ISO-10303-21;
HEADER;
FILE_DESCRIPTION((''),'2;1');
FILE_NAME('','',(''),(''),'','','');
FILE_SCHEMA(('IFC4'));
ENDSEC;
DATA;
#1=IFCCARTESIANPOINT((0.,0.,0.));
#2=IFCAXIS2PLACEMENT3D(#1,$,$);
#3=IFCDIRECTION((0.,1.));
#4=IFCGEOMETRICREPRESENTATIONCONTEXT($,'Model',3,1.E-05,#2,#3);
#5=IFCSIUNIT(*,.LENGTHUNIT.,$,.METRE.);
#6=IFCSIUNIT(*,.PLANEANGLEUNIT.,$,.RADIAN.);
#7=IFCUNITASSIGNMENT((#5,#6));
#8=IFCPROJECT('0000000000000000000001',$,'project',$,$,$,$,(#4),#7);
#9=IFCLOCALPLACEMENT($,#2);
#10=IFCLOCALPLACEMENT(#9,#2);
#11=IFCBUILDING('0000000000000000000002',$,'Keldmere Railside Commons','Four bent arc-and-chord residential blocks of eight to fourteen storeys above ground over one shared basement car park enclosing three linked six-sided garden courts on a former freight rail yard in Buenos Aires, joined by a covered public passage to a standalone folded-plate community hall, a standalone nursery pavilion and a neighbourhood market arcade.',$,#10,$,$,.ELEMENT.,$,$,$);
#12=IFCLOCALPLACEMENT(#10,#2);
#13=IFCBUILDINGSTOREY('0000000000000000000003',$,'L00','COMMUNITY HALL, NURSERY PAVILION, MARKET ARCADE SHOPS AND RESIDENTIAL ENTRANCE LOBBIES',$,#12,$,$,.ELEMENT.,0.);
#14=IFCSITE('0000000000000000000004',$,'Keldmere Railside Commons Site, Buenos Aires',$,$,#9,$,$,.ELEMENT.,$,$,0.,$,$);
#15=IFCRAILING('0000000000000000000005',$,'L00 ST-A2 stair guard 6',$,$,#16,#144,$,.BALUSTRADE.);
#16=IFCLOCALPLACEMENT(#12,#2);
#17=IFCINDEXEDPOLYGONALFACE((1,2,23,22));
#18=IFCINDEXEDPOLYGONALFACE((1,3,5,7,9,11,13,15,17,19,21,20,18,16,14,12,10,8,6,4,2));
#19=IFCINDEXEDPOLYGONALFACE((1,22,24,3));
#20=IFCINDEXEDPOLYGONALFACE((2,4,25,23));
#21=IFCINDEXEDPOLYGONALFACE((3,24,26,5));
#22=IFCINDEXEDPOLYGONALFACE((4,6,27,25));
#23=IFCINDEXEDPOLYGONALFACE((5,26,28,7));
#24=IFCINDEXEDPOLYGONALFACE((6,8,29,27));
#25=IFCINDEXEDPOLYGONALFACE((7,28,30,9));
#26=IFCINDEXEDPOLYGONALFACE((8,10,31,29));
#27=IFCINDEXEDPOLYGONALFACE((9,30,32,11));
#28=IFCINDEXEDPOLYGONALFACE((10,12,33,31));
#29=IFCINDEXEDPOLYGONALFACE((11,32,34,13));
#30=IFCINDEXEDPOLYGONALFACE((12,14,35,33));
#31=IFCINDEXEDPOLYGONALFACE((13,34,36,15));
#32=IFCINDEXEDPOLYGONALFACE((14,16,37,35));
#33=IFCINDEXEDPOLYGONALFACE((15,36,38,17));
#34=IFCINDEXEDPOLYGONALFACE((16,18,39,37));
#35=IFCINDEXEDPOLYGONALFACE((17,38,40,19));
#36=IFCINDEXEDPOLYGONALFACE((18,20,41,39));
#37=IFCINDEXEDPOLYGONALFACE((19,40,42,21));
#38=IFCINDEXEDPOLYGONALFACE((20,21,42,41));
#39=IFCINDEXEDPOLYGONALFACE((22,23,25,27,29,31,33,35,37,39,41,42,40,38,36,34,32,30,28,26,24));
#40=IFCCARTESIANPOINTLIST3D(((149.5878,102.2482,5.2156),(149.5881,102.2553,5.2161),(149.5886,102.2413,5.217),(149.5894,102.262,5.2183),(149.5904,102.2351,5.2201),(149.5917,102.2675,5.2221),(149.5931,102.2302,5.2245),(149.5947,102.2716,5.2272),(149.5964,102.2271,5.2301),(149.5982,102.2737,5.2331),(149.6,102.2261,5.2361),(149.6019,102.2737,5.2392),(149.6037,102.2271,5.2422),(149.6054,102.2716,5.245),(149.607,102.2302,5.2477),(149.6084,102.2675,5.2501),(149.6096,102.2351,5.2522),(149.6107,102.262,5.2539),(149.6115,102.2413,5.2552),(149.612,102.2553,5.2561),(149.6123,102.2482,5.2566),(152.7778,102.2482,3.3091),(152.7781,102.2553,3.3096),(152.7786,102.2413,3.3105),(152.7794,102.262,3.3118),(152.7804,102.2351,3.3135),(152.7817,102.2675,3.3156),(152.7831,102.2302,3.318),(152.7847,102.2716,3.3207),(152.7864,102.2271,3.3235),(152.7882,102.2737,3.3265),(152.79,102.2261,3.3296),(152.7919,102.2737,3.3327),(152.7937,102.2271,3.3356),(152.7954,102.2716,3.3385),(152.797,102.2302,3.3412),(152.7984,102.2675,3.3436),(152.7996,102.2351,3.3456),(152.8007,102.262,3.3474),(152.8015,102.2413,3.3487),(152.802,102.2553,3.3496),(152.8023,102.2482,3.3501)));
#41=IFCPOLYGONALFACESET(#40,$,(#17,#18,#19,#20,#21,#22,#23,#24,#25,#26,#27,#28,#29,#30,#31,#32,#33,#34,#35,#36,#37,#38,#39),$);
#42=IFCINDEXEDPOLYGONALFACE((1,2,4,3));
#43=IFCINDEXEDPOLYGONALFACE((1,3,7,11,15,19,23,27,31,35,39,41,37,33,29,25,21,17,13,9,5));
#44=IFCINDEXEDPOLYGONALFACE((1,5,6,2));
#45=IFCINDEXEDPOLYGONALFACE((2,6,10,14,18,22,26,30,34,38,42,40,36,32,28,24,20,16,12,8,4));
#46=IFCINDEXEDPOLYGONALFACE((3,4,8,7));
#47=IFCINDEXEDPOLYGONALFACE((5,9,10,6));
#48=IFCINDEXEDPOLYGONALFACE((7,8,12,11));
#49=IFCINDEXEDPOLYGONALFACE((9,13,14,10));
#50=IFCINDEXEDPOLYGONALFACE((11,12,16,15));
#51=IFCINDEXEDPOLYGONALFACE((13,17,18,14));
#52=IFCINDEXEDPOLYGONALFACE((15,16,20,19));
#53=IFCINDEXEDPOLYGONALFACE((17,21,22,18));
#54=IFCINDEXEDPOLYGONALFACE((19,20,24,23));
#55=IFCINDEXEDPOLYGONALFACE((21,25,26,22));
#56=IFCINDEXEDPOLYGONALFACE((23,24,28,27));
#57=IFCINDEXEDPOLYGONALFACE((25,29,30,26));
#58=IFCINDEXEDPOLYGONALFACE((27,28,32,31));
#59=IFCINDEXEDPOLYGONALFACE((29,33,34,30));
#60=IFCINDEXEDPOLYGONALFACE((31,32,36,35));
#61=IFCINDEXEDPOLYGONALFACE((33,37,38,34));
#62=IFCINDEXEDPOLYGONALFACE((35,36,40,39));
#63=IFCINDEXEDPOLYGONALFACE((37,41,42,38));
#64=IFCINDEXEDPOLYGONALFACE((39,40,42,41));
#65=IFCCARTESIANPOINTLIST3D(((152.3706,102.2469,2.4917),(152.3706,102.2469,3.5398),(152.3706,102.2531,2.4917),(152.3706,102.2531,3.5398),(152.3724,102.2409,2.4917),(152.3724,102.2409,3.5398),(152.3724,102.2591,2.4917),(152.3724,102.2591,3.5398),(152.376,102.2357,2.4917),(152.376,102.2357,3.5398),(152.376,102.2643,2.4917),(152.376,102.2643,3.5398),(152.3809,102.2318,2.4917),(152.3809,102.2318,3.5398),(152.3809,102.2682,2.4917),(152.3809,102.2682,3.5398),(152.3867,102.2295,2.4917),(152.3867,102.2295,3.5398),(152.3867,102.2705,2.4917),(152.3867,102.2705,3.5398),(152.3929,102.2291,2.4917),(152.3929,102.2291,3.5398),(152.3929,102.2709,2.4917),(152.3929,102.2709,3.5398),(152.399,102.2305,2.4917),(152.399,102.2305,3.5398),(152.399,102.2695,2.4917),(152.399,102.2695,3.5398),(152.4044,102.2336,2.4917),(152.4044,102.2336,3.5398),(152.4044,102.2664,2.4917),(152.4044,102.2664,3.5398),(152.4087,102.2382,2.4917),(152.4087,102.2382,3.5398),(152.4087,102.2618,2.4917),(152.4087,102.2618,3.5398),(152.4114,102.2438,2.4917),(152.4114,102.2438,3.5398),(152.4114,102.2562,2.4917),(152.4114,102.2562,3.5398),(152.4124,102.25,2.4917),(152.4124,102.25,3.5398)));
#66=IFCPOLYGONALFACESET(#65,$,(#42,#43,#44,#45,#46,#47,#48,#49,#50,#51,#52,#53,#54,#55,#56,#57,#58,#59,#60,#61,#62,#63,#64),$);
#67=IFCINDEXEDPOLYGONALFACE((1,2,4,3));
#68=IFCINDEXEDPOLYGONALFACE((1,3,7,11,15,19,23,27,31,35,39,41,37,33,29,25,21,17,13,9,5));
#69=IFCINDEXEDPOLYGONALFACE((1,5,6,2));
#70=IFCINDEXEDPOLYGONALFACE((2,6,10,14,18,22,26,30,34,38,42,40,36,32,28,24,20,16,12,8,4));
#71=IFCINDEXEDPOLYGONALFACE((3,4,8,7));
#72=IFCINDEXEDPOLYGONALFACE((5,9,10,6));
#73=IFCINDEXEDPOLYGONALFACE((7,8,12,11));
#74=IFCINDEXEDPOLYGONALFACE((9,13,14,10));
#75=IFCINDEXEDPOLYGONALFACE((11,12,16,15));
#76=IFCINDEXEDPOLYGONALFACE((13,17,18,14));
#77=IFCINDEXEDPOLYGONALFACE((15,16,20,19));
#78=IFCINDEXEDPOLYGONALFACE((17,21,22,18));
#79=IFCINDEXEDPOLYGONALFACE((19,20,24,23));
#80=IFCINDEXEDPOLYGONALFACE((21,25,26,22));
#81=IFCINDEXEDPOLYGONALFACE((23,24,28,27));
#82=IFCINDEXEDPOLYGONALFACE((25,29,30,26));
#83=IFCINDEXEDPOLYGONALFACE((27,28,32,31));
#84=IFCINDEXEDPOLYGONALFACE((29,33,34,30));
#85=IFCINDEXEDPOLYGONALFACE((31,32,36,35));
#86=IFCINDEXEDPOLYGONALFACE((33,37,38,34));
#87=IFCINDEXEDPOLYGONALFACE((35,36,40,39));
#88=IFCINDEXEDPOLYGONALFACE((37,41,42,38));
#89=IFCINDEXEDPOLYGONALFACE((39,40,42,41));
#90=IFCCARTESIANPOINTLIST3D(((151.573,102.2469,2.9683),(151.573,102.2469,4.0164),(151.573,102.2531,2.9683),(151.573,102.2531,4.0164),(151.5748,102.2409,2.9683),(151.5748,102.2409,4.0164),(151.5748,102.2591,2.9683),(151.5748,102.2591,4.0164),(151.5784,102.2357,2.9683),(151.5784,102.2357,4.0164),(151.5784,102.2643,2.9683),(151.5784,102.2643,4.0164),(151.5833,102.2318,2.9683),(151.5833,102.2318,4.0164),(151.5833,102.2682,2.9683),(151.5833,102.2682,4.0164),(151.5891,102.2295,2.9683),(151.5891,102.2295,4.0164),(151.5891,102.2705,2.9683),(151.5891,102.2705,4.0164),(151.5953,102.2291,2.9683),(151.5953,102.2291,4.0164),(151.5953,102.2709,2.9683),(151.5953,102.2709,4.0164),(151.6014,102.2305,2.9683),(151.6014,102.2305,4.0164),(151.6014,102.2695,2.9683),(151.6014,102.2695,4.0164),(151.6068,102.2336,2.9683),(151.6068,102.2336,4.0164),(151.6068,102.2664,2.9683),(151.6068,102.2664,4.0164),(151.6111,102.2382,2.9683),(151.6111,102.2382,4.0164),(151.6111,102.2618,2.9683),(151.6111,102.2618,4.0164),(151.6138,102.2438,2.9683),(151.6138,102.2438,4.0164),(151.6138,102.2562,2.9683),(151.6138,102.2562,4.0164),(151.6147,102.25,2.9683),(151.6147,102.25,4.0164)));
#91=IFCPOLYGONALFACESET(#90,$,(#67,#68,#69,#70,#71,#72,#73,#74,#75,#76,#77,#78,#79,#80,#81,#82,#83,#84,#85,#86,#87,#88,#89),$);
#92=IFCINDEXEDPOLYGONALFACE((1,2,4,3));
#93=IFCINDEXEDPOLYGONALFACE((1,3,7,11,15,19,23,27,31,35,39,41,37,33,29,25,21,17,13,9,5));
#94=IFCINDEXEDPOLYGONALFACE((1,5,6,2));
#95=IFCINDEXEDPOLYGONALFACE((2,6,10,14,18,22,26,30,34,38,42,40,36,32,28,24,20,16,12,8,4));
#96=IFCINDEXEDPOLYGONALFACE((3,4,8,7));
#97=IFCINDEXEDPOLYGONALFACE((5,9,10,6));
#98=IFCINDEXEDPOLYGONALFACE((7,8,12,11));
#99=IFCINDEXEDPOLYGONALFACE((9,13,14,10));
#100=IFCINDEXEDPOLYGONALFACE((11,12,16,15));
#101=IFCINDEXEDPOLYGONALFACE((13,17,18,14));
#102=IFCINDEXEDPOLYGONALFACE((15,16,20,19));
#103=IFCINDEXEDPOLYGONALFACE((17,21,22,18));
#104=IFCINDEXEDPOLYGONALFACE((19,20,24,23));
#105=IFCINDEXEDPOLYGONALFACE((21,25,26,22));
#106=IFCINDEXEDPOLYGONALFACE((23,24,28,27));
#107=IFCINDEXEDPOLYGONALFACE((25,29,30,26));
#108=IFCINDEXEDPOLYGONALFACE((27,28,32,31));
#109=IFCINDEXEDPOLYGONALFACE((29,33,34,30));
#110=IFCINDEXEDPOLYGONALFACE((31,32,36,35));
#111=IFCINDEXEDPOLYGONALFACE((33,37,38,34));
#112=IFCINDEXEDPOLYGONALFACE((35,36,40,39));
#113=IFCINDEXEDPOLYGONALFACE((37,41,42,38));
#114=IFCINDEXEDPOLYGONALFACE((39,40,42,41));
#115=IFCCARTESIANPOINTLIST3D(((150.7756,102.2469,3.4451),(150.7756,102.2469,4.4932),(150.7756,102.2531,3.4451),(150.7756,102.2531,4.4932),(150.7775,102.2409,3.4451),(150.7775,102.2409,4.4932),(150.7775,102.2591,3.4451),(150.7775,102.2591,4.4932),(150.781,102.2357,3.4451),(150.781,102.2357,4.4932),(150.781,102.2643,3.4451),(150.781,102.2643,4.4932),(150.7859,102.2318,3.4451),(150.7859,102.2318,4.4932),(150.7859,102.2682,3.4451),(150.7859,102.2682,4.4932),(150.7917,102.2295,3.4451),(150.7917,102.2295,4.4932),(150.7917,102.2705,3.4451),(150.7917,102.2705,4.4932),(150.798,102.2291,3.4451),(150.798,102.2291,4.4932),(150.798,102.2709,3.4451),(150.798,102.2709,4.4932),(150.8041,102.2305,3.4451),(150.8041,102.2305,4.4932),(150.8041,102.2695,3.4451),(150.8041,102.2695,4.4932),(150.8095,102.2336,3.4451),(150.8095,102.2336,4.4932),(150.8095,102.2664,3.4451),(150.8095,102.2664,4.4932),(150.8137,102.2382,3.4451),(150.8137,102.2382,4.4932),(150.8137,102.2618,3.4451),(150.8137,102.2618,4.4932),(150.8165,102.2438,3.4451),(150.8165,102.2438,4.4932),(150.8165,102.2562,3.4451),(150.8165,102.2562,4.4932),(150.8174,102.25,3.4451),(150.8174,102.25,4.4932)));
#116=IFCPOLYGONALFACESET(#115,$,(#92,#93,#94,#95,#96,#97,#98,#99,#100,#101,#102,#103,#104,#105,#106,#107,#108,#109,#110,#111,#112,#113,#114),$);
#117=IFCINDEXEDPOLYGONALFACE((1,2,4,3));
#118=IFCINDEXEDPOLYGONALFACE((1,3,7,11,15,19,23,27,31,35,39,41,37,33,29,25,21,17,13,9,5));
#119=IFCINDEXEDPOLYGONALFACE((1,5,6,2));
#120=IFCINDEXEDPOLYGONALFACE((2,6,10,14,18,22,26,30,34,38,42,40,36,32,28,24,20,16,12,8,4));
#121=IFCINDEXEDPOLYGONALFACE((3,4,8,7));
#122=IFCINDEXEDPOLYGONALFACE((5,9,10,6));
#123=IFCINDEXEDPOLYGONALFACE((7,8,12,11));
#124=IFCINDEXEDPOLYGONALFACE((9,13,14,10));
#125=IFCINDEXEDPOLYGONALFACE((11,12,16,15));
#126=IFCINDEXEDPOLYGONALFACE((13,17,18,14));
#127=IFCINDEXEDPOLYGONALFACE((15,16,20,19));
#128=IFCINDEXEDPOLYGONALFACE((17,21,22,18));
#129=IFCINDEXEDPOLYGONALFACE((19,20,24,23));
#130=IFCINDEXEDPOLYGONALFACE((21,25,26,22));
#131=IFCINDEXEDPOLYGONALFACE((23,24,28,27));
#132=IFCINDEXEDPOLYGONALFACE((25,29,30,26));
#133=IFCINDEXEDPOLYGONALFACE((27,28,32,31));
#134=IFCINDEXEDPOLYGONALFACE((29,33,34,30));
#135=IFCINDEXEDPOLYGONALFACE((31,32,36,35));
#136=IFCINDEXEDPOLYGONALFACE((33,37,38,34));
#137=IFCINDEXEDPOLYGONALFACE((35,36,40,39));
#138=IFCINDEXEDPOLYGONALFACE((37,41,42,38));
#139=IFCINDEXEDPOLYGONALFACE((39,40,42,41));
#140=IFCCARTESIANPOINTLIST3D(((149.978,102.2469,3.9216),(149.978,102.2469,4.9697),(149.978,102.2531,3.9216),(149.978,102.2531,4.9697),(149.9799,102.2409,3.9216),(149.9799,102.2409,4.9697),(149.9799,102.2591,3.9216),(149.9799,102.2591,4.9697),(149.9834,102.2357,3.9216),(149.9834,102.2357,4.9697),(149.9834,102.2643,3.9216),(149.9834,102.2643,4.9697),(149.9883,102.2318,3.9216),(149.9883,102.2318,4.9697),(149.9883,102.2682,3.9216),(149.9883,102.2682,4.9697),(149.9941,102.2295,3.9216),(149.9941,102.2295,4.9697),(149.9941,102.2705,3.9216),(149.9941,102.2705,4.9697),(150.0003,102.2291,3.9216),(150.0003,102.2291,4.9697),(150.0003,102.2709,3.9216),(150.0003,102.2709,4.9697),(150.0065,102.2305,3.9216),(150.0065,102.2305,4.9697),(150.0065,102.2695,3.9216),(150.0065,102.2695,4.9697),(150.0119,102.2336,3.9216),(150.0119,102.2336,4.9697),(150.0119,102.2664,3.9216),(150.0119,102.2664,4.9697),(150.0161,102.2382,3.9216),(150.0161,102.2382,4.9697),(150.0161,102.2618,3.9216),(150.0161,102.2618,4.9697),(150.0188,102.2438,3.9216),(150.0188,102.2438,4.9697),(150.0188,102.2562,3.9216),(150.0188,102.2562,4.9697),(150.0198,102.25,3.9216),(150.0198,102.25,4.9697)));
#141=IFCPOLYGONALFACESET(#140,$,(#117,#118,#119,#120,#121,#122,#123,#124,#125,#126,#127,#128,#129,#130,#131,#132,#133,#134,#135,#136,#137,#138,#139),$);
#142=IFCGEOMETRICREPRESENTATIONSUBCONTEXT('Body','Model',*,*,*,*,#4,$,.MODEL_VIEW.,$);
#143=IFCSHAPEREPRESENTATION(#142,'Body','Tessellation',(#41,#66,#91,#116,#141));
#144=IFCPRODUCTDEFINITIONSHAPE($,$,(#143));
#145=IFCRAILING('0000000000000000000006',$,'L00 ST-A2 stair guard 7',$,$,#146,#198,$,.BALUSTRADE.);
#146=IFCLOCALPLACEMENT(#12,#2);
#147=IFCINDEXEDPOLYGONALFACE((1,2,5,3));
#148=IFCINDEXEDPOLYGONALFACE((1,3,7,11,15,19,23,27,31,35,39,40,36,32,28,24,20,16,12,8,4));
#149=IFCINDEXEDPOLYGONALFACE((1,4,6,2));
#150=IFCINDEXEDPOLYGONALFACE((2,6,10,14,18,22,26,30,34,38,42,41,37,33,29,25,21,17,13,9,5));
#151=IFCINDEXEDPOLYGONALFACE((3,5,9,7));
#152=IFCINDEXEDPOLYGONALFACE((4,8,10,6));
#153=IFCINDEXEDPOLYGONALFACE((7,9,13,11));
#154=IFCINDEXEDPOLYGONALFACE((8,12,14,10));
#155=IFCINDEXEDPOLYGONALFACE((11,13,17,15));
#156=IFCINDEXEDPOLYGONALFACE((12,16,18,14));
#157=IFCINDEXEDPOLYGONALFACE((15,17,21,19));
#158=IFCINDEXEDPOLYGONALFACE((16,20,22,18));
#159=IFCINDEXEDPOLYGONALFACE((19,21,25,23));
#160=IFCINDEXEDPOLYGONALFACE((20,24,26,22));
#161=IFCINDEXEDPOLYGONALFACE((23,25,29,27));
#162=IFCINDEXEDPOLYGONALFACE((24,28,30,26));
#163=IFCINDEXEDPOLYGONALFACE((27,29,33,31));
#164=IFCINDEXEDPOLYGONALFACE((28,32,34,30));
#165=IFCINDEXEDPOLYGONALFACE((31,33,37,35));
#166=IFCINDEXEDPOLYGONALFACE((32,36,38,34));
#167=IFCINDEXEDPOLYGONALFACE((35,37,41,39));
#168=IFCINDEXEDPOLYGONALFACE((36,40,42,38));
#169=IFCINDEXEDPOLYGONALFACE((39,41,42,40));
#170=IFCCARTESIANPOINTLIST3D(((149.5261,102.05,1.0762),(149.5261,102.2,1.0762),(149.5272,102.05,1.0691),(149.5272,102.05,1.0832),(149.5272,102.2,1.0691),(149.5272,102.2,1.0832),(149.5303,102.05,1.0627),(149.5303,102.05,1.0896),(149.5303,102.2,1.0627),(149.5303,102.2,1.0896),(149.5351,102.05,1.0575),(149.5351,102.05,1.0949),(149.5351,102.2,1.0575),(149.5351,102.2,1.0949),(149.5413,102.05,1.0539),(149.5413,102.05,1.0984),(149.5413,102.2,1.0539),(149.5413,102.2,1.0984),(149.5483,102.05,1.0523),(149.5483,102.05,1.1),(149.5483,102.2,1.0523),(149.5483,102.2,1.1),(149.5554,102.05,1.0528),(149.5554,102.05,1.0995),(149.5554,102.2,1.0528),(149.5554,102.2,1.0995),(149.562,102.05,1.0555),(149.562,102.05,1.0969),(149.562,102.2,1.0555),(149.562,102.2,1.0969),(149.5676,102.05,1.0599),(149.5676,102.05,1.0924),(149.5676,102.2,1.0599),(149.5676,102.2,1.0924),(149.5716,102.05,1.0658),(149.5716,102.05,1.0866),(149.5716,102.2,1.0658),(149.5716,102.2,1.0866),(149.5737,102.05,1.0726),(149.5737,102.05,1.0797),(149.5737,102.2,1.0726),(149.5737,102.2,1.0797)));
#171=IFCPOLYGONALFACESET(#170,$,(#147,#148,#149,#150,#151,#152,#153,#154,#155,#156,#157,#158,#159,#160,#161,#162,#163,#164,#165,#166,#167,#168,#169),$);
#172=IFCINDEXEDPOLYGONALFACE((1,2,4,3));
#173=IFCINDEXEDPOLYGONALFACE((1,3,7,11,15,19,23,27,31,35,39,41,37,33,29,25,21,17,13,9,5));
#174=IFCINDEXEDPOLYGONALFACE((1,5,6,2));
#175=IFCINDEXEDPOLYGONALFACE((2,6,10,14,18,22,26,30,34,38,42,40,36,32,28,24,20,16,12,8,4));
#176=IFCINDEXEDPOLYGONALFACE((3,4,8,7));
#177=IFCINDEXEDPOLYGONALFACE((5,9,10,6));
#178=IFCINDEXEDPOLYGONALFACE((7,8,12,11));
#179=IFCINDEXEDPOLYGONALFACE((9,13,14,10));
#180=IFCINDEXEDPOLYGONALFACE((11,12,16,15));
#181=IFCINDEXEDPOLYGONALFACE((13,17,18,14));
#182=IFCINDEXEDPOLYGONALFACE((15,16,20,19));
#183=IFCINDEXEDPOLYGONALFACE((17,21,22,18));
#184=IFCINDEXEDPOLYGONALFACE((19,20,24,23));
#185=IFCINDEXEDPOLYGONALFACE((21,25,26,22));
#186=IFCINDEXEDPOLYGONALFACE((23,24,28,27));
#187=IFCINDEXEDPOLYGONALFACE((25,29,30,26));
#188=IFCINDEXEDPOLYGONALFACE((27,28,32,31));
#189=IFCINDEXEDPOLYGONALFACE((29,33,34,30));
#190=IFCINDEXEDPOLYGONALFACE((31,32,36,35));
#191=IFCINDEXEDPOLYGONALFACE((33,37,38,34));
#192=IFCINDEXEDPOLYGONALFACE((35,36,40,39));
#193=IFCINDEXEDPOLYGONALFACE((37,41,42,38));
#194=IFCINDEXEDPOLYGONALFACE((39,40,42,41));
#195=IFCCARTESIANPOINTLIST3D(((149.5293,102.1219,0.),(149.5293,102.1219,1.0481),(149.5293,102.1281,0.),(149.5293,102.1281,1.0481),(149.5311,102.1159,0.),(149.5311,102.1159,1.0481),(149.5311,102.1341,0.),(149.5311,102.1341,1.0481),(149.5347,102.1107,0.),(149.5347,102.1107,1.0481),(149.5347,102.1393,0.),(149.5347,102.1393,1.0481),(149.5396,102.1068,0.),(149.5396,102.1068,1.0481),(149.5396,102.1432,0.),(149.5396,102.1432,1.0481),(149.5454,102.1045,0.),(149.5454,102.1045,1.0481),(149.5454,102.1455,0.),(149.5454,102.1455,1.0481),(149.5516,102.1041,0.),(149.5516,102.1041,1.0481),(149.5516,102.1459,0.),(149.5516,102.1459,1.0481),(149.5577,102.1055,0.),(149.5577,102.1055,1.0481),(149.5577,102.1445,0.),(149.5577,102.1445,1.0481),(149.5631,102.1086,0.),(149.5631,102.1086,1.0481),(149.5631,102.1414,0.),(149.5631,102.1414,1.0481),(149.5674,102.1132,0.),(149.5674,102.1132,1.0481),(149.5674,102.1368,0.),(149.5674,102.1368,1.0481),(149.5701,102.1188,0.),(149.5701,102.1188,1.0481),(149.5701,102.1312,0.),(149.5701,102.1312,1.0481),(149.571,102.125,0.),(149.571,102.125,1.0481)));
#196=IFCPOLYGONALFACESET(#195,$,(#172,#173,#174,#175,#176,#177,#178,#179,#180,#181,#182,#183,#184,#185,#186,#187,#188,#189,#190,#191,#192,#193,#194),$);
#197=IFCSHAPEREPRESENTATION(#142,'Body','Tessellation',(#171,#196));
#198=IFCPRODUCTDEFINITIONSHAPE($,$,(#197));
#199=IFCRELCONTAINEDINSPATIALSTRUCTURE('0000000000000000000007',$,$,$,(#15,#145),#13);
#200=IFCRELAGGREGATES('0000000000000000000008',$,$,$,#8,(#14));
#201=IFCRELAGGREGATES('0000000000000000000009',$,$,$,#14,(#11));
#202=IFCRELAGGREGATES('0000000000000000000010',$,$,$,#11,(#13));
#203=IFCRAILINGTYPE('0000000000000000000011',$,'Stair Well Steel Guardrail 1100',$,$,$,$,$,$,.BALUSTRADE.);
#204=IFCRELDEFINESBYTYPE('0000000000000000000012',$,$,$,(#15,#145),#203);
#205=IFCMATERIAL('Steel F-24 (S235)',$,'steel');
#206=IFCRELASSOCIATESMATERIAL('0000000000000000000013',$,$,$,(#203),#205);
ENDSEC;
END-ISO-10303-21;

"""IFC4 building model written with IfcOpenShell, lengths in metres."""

from ifc_helpers import new_model, si_unit, direction, frame, origin, origin_2d, place, context, subcontext, project, spatial, circle, extrude, material, type_object, element, save


model = new_model("IFC4")

# Units and contexts
model_context = context("Model", 3, precision=1e-05, world=origin(), true_north=direction((0.0, 1.0)))
body_context = subcontext(model_context, "Body", "Model", "MODEL_VIEW")
ifc_project = project(units=[si_unit("LENGTHUNIT", "METRE"), si_unit("PLANEANGLEUNIT", "RADIAN")], contexts=[model_context])

# Site, building, storey
site_placement = place(None, origin())
site = spatial("IfcSite", under=ifc_project, at=site_placement, Name="Keldmere Railside Commons Site, Buenos Aires", CompositionType="ELEMENT", RefElevation=0.0)
building_placement = place(site_placement, origin())
building = spatial("IfcBuilding", under=site, at=building_placement, Name="Keldmere Railside Commons", Description="Four bent arc-and-chord residential blocks of eight to fourteen storeys above ground over one shared basement car park enclosing three linked six-sided garden courts on a former freight rail yard in Buenos Aires, joined by a covered public passage to a standalone folded-plate community hall, a standalone nursery pavilion and a neighbourhood market arcade.", CompositionType="ELEMENT")
storey_placement = place(building_placement, origin())
storey = spatial("IfcBuildingStorey", under=building, at=storey_placement, Name="L00", Description="COMMUNITY HALL, NURSERY PAVILION, MARKET ARCADE SHOPS AND RESIDENTIAL ENTRANCE LOBBIES", CompositionType="ELEMENT", Elevation=0.0)

# Shared definitions
ifc_material_1 = material(Name="Steel F-24 (S235)", Category="steel")

# Railings
railing_type_1 = type_object("IfcRailingType", Name="Stair Well Steel Guardrail 1100", PredefinedType="BALUSTRADE", material=ifc_material_1)
railing_1_placement = place(storey_placement, frame((152.79, 102.25, 2.2534)))
element("IfcRailing", 1, at=railing_1_placement, inside=storey, type_object=railing_type_1, Name="L00 ST-A2 stair guard 6", PredefinedType="BALUSTRADE", context=body_context, shape_type="SweptSolid", body=[
    extrude(circle(Radius=0.0239, at=origin_2d()), frame((0.0, 0.0, 1.0762), z_axis=(-0.858379, 0.0, 0.513017), x_axis=(0.0, -1.0, 0.0)), (0.0, 0.0, 1.0), 3.7163),
    extrude(circle(Radius=0.021, at=origin_2d()), frame((-0.3987, 0.0, 0.2383)), (0.0, 0.0, 1.0), 1.0481),
    extrude(circle(Radius=0.021, at=origin_2d()), frame((-1.1963, 0.0, 0.7148)), (0.0, 0.0, 1.0), 1.0481),
    extrude(circle(Radius=0.021, at=origin_2d()), frame((-1.9937, 0.0, 1.1917)), (0.0, 0.0, 1.0), 1.0481),
    extrude(circle(Radius=0.021, at=origin_2d()), frame((-2.7913, 0.0, 1.6682)), (0.0, 0.0, 1.0), 1.0481),
])
railing_2_placement = place(storey_placement, frame((149.55, 102.05, 0.0)))
element("IfcRailing", 2, at=railing_2_placement, inside=storey, type_object=railing_type_1, Name="L00 ST-A2 stair guard 7", PredefinedType="BALUSTRADE", context=body_context, shape_type="SweptSolid", body=[
    extrude(circle(Radius=0.0239, at=origin_2d()), frame((0.0, 0.0, 1.0762), z_axis=(0.0, 1.0, 0.0), x_axis=(-1.0, 0.0, 0.0)), (0.0, 0.0, 1.0), 0.1499),
    extrude(circle(Radius=0.021, at=origin_2d()), frame((0.0, 0.075, 0.0)), (0.0, 0.0, 1.0), 1.0481),
])

save(model, "model.ifc")
